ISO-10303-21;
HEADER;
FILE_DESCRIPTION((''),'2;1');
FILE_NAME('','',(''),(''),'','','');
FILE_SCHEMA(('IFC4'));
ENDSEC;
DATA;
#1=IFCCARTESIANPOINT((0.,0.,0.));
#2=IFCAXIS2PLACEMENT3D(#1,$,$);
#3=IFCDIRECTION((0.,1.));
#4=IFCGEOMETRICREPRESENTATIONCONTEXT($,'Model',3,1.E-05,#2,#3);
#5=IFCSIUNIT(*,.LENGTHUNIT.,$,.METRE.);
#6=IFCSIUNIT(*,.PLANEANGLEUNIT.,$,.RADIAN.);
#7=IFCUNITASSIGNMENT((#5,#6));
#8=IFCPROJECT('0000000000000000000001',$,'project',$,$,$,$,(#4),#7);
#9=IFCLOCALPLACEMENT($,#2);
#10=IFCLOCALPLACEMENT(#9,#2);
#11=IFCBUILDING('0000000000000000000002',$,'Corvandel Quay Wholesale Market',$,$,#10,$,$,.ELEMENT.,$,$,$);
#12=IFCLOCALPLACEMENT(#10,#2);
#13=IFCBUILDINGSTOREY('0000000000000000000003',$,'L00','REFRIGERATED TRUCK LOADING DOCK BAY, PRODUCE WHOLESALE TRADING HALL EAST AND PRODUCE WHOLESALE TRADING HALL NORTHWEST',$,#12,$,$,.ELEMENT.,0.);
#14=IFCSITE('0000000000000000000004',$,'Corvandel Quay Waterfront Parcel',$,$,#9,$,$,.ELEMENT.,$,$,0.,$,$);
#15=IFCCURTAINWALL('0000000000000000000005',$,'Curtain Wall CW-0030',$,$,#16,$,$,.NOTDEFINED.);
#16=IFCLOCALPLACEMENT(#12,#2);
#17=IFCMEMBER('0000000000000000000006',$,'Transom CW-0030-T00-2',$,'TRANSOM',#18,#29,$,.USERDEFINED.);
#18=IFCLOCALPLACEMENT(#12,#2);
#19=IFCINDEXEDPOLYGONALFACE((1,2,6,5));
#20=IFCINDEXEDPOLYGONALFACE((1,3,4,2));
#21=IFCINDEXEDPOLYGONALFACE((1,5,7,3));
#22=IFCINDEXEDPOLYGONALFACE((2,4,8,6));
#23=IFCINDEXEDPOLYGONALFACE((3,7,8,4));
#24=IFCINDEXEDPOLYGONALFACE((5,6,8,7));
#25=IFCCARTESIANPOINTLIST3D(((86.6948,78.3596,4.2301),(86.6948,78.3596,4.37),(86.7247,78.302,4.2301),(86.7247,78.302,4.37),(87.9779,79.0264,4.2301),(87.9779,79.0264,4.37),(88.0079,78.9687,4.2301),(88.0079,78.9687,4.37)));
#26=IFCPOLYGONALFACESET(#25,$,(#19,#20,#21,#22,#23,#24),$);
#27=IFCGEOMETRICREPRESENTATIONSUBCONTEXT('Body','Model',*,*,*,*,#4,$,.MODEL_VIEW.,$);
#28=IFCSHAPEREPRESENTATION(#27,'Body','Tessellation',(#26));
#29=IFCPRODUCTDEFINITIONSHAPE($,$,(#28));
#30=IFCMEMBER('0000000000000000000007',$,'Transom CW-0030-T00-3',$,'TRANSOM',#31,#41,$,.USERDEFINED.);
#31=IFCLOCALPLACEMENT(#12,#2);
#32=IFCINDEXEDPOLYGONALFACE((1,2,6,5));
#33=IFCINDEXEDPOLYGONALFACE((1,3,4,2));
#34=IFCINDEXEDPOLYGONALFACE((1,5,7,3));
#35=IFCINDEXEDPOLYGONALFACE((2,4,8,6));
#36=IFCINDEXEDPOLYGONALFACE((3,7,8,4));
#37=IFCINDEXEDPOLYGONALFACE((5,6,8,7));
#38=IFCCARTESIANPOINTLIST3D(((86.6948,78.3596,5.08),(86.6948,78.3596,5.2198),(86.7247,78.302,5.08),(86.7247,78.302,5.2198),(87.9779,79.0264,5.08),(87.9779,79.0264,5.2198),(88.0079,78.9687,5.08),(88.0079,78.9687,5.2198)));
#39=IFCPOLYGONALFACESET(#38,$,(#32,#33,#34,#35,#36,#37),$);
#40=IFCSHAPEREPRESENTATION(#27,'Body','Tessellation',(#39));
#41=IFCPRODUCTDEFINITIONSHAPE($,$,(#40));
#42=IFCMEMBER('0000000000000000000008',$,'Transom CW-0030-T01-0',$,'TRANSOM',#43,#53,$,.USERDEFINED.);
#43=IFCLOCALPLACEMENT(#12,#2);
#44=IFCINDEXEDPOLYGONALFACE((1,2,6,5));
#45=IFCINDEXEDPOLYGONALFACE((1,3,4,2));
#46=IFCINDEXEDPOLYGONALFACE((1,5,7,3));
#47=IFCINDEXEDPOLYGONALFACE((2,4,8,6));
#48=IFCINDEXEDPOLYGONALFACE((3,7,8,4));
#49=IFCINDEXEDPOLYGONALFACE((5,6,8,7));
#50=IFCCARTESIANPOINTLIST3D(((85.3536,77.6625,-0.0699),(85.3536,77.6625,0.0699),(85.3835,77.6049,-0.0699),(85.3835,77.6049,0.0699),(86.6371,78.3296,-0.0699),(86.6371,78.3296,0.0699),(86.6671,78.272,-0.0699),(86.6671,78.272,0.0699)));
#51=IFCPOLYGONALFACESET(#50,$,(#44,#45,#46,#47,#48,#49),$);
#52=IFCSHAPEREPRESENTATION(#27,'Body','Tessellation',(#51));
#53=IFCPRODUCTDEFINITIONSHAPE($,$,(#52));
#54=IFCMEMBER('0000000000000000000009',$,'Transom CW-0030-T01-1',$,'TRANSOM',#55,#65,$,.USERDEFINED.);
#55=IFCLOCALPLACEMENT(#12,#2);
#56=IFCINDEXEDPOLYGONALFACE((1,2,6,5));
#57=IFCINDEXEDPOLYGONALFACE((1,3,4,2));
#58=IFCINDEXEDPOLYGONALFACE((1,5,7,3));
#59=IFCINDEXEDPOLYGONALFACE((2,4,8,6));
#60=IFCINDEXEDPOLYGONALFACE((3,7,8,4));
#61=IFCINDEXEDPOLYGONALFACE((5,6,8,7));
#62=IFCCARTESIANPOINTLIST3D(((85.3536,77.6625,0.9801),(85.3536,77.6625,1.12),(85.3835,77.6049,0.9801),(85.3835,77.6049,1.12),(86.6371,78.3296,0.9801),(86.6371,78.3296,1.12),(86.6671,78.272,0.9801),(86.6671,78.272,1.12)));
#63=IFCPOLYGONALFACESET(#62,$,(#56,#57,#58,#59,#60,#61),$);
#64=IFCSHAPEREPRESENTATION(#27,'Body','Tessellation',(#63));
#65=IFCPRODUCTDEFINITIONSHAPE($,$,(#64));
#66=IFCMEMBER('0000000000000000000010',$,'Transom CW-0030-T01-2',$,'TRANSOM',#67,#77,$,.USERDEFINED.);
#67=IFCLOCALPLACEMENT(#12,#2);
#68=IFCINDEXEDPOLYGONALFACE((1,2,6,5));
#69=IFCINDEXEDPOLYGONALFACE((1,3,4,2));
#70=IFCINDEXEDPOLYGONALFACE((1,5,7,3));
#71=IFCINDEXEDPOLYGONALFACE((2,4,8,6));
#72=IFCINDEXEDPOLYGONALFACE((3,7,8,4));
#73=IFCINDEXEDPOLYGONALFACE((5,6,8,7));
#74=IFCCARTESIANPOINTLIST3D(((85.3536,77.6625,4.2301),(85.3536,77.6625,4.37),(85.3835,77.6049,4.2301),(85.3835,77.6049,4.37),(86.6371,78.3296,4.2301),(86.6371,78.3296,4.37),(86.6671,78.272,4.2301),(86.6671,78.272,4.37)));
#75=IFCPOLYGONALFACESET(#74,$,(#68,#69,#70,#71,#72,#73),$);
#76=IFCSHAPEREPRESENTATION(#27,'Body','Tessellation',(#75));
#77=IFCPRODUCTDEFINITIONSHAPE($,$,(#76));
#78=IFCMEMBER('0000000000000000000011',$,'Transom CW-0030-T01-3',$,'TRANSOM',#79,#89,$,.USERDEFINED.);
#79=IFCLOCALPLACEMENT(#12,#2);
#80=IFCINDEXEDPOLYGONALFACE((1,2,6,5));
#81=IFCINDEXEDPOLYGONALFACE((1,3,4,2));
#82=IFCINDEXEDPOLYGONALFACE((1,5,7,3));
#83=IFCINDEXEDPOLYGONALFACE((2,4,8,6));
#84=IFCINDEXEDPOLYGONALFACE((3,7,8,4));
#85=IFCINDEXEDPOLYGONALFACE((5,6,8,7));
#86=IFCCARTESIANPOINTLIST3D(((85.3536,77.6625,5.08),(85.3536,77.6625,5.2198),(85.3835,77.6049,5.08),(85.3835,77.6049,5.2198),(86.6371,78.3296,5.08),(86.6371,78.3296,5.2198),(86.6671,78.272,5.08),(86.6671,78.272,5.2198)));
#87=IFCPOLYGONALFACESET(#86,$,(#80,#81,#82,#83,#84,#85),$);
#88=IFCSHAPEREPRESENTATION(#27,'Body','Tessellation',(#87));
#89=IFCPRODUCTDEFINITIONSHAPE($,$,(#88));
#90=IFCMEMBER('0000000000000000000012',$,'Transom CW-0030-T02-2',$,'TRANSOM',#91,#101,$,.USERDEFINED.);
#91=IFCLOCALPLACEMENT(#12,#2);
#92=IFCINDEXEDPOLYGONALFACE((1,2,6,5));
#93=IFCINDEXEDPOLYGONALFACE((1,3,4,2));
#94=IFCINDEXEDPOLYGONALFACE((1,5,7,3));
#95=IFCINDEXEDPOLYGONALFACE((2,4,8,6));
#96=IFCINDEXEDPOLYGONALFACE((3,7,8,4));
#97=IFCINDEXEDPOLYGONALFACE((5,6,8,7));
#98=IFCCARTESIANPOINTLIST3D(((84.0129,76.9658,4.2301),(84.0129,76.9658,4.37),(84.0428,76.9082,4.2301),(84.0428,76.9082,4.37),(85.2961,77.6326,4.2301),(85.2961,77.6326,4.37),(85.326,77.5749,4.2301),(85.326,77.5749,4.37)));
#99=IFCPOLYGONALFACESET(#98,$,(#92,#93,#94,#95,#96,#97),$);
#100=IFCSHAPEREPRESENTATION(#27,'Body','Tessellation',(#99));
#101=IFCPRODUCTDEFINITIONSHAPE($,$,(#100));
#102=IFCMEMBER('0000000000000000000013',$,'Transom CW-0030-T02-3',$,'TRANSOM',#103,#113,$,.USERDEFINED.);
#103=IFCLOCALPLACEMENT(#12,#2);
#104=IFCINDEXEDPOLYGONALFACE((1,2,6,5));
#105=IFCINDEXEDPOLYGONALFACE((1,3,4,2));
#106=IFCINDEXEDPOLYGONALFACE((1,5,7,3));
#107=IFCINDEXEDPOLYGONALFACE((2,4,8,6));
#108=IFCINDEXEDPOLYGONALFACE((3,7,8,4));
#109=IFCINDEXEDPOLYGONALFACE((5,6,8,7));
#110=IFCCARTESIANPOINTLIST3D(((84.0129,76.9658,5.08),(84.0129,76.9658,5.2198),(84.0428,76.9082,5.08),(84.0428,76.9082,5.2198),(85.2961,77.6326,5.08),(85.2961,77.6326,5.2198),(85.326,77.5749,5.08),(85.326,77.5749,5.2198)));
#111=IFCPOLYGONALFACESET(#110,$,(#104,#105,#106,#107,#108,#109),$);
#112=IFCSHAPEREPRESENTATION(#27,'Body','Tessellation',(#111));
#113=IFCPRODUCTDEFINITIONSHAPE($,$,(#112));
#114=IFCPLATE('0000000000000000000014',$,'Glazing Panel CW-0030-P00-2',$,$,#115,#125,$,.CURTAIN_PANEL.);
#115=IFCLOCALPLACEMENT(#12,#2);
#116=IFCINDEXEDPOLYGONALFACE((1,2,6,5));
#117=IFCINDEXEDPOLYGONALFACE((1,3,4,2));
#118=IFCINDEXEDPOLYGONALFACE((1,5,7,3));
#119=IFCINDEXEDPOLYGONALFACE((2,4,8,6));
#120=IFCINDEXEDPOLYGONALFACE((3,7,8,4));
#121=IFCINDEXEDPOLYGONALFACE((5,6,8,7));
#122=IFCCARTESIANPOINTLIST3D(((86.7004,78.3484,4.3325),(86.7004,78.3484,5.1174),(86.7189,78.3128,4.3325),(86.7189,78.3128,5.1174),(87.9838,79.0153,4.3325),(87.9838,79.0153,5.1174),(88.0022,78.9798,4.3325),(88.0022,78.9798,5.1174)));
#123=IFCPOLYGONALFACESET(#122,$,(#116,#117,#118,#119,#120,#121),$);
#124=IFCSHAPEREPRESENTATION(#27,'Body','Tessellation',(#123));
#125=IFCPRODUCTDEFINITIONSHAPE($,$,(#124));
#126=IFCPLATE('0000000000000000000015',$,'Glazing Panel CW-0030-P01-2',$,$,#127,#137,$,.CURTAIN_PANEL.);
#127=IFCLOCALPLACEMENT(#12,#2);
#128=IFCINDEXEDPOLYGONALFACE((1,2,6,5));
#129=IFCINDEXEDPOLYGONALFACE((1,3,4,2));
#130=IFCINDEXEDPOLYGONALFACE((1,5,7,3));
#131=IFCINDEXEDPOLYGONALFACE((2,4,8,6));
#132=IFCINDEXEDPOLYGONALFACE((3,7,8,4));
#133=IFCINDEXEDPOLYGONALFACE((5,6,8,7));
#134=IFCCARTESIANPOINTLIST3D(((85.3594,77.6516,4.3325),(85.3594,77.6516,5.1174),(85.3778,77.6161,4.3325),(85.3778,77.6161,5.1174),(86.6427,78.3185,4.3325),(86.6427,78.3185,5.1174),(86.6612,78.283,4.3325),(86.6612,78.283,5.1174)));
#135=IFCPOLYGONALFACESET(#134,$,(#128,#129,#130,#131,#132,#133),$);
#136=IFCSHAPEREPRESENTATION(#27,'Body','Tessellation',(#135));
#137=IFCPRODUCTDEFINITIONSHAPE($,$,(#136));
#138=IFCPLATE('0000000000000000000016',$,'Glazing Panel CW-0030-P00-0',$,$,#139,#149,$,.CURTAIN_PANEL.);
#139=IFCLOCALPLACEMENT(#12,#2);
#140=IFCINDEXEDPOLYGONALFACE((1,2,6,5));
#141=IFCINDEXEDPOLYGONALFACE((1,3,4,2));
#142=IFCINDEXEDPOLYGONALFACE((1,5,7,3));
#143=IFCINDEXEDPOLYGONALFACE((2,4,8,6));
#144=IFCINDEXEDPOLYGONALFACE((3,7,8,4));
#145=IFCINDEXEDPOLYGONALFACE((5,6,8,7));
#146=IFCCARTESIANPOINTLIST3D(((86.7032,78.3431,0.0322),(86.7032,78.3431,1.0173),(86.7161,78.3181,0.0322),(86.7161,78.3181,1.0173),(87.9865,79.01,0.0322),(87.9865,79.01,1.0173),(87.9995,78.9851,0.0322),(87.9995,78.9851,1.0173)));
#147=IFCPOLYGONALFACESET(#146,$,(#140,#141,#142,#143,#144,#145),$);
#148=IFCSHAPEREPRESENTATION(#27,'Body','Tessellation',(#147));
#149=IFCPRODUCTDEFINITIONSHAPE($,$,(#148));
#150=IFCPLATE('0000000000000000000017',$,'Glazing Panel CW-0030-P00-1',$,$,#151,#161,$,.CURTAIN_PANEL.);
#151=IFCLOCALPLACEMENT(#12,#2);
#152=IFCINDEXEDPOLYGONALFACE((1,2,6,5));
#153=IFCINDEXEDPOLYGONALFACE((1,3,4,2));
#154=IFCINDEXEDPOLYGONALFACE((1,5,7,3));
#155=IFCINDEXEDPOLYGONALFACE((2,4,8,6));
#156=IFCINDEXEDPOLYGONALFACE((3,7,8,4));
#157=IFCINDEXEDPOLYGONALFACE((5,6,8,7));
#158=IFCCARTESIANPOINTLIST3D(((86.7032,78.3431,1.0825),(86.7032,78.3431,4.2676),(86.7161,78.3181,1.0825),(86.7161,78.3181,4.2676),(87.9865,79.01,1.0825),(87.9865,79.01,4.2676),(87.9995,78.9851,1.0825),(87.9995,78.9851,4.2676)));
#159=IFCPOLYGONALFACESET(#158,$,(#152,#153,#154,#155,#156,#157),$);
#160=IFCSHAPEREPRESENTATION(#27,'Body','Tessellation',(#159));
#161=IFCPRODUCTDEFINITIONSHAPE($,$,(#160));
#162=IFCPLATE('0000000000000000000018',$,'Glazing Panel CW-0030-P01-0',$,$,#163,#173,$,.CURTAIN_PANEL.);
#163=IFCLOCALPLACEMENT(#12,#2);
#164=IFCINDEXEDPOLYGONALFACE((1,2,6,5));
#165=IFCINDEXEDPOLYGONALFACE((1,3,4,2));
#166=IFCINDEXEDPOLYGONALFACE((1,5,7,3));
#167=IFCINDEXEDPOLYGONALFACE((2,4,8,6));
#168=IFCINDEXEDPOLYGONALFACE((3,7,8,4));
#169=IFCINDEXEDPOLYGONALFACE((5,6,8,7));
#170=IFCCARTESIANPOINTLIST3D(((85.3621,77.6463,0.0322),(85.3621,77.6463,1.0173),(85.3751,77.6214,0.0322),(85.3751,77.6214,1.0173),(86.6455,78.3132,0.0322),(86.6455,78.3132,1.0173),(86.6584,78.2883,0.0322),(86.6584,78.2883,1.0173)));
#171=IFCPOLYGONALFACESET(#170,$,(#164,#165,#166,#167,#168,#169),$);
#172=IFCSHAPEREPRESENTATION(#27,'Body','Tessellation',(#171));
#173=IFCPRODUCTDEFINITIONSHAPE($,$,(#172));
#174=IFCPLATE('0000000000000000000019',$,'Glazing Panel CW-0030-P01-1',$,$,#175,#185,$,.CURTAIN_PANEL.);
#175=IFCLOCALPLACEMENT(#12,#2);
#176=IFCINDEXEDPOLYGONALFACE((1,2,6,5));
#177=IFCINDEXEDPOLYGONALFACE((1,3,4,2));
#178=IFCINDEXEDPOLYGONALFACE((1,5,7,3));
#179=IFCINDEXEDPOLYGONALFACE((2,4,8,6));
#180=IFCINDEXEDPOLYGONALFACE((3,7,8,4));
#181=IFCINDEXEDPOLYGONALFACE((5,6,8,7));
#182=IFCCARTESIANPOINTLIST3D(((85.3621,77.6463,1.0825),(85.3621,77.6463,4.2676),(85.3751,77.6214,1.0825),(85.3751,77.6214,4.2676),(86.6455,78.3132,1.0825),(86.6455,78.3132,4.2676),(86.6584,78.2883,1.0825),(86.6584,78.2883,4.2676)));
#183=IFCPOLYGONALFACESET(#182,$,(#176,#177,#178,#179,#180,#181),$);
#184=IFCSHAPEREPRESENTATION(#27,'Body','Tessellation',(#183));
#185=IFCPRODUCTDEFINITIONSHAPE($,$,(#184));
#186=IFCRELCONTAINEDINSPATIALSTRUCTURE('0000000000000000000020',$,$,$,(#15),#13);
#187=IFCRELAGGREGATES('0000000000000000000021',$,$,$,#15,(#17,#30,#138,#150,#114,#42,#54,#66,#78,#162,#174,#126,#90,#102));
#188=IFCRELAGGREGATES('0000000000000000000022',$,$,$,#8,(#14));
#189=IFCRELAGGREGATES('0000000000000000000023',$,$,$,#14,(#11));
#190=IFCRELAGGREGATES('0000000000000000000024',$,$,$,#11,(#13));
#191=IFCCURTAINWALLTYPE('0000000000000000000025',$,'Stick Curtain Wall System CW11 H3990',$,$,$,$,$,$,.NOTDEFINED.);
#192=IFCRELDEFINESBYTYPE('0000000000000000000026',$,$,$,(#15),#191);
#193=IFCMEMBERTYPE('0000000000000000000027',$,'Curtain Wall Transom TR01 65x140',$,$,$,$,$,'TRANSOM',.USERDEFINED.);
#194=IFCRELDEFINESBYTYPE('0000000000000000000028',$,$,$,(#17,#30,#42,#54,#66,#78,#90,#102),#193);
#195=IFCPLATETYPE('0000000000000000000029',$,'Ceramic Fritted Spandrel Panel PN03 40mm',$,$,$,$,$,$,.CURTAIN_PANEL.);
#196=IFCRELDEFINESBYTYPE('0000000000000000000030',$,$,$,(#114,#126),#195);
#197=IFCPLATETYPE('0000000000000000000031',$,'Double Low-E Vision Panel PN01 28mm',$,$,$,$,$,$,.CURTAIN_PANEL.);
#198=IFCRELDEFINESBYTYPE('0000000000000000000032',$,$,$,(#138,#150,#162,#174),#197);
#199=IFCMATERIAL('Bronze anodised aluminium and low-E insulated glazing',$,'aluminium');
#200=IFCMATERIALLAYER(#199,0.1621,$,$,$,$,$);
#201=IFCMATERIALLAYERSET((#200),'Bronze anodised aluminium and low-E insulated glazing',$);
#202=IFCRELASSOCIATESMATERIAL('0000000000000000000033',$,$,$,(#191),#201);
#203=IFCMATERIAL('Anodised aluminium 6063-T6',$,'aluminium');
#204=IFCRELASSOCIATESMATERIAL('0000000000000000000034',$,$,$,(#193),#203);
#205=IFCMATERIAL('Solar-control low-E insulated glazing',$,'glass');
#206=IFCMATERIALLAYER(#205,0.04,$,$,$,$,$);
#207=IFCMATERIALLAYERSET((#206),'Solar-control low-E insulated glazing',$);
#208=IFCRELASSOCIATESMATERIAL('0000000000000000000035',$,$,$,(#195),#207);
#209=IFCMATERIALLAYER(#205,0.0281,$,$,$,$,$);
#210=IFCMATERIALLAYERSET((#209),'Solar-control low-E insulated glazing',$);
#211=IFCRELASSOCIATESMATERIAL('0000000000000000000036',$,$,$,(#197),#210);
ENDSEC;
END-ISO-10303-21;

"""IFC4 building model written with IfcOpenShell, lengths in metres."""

from ifc_helpers import new_model, si_unit, direction, frame, origin, origin_2d, place, context, subcontext, project, spatial, rectangle, extrude, material, layer, layer_set, material_profile, profile_set, type_object, element, aggregate, save


model = new_model("IFC4")

# Units and contexts
model_context = context("Model", 3, precision=1e-05, world=origin(), true_north=direction((0.0, 1.0)))
body_context = subcontext(model_context, "Body", "Model", "MODEL_VIEW")
ifc_project = project(units=[si_unit("LENGTHUNIT", "METRE"), si_unit("PLANEANGLEUNIT", "RADIAN")], contexts=[model_context])

# Site, building, storey
site_placement = place(None, origin())
site = spatial("IfcSite", under=ifc_project, at=site_placement, Name="Corvandel Quay Waterfront Parcel", CompositionType="ELEMENT", RefElevation=0.0)
building_placement = place(site_placement, origin())
building = spatial("IfcBuilding", under=site, at=building_placement, Name="Corvandel Quay Wholesale Market", CompositionType="ELEMENT")
storey_placement = place(building_placement, origin())
storey = spatial("IfcBuildingStorey", under=building, at=storey_placement, Name="L00", Description="REFRIGERATED TRUCK LOADING DOCK BAY, PRODUCE WHOLESALE TRADING HALL EAST AND PRODUCE WHOLESALE TRADING HALL NORTHWEST", CompositionType="ELEMENT", Elevation=0.0)

# Curtain wall, members, plates
ifc_material_1 = material(Name="Bronze anodised aluminium and low-E insulated glazing", Category="aluminium")
ifc_layer_1 = layer(ifc_material_1, 0.1621)
ifc_layer_set_1 = layer_set([ifc_layer_1], Name="Bronze anodised aluminium and low-E insulated glazing")
curtain_wall_type = type_object("IfcCurtainWallType", Name="Stick Curtain Wall System CW11 H3990", PredefinedType="NOTDEFINED", material=ifc_layer_set_1)
curtain_wall_placement = place(storey_placement, origin())
curtain_wall = element("IfcCurtainWall", 1, at=curtain_wall_placement, inside=storey, type_object=curtain_wall_type, Name="Curtain Wall CW-0030", PredefinedType="NOTDEFINED")
ifc_material_2 = material(Name="Anodised aluminium 6063-T6", Category="aluminium")
ifc_material_profile_1 = material_profile(ifc_material_2, rectangle(XDim=0.0649, YDim=0.1399, at=origin_2d()), Name="ALU-TRN-65x140")
ifc_profile_set_1 = profile_set([ifc_material_profile_1], Name="Anodised aluminium 6063-T6")
member_type_1 = type_object("IfcMemberType", Name="Curtain Wall Transom TR01 65x140", ElementType="TRANSOM", PredefinedType="USERDEFINED", material=ifc_profile_set_1)
member_1_placement = place(storey_placement, frame((87.9929, 78.9976, 4.3), z_axis=(-0.887363, -0.461071, 0.0), x_axis=(0.461071, -0.887363, 0.0)))
member_1 = element("IfcMember", 2, at=member_1_placement, type_object=member_type_1, Name="Transom CW-0030-T00-2", ObjectType="TRANSOM", PredefinedType="USERDEFINED", context=body_context, shape_type="SweptSolid", body=[
    extrude(rectangle(XDim=0.0649, YDim=0.1399, at=origin_2d()), origin(), (0.0, 0.0, 1.0), 1.446),
])
member_2_placement = place(storey_placement, frame((87.9929, 78.9976, 5.1499), z_axis=(-0.887363, -0.461071, 0.0), x_axis=(0.461071, -0.887363, 0.0)))
member_2 = element("IfcMember", 3, at=member_2_placement, type_object=member_type_1, Name="Transom CW-0030-T00-3", ObjectType="TRANSOM", PredefinedType="USERDEFINED", context=body_context, shape_type="SweptSolid", body=[
    extrude(rectangle(XDim=0.0649, YDim=0.1399, at=origin_2d()), origin(), (0.0, 0.0, 1.0), 1.446),
])
member_3_placement = place(storey_placement, frame((86.6521, 78.3008, 0.0), z_axis=(-0.88733, -0.461135, 0.0), x_axis=(0.461135, -0.88733, 0.0)))
member_3 = element("IfcMember", 4, at=member_3_placement, type_object=member_type_1, Name="Transom CW-0030-T01-0", ObjectType="TRANSOM", PredefinedType="USERDEFINED", context=body_context, shape_type="SweptSolid", body=[
    extrude(rectangle(XDim=0.0649, YDim=0.1399, at=origin_2d()), origin(), (0.0, 0.0, 1.0), 1.4465),
])
member_4_placement = place(storey_placement, frame((86.6521, 78.3008, 1.05), z_axis=(-0.88733, -0.461135, 0.0), x_axis=(0.461135, -0.88733, 0.0)))
member_4 = element("IfcMember", 5, at=member_4_placement, type_object=member_type_1, Name="Transom CW-0030-T01-1", ObjectType="TRANSOM", PredefinedType="USERDEFINED", context=body_context, shape_type="SweptSolid", body=[
    extrude(rectangle(XDim=0.0649, YDim=0.1399, at=origin_2d()), origin(), (0.0, 0.0, 1.0), 1.4465),
])
member_5_placement = place(storey_placement, frame((86.6521, 78.3008, 4.3), z_axis=(-0.88733, -0.461135, 0.0), x_axis=(0.461135, -0.88733, 0.0)))
member_5 = element("IfcMember", 6, at=member_5_placement, type_object=member_type_1, Name="Transom CW-0030-T01-2", ObjectType="TRANSOM", PredefinedType="USERDEFINED", context=body_context, shape_type="SweptSolid", body=[
    extrude(rectangle(XDim=0.0649, YDim=0.1399, at=origin_2d()), origin(), (0.0, 0.0, 1.0), 1.4465),
])
member_6_placement = place(storey_placement, frame((86.6521, 78.3008, 5.1499), z_axis=(-0.88733, -0.461135, 0.0), x_axis=(0.461135, -0.88733, 0.0)))
member_6 = element("IfcMember", 7, at=member_6_placement, type_object=member_type_1, Name="Transom CW-0030-T01-3", ObjectType="TRANSOM", PredefinedType="USERDEFINED", context=body_context, shape_type="SweptSolid", body=[
    extrude(rectangle(XDim=0.0649, YDim=0.1399, at=origin_2d()), origin(), (0.0, 0.0, 1.0), 1.4465),
])
member_7_placement = place(storey_placement, frame((85.311, 77.6038, 4.3), z_axis=(-0.887363, -0.461071, 0.0), x_axis=(0.461071, -0.887363, 0.0)))
member_7 = element("IfcMember", 8, at=member_7_placement, type_object=member_type_1, Name="Transom CW-0030-T02-2", ObjectType="TRANSOM", PredefinedType="USERDEFINED", context=body_context, shape_type="SweptSolid", body=[
    extrude(rectangle(XDim=0.0649, YDim=0.1399, at=origin_2d()), origin(), (0.0, 0.0, 1.0), 1.446),
])
member_8_placement = place(storey_placement, frame((85.311, 77.6038, 5.1499), z_axis=(-0.887363, -0.461071, 0.0), x_axis=(0.461071, -0.887363, 0.0)))
member_8 = element("IfcMember", 9, at=member_8_placement, type_object=member_type_1, Name="Transom CW-0030-T02-3", ObjectType="TRANSOM", PredefinedType="USERDEFINED", context=body_context, shape_type="SweptSolid", body=[
    extrude(rectangle(XDim=0.0649, YDim=0.1399, at=origin_2d()), origin(), (0.0, 0.0, 1.0), 1.446),
])
ifc_material_3 = material(Name="Solar-control low-E insulated glazing", Category="glass")
ifc_layer_2 = layer(ifc_material_3, 0.04)
ifc_layer_set_2 = layer_set([ifc_layer_2], Name="Solar-control low-E insulated glazing")
plate_type_1 = type_object("IfcPlateType", Name="Ceramic Fritted Spandrel Panel PN03 40mm", PredefinedType="CURTAIN_PANEL", material=ifc_layer_set_2)
plate_1_placement = place(storey_placement, frame((87.3513, 78.6641, 4.3325), z_axis=(0.0, 0.0, 1.0), x_axis=(0.887333, 0.461129, 0.0)))
plate_1 = element("IfcPlate", 10, at=plate_1_placement, type_object=plate_type_1, Name="Glazing Panel CW-0030-P00-2", PredefinedType="CURTAIN_PANEL", context=body_context, shape_type="SweptSolid", body=[
    extrude(rectangle(XDim=1.4463, YDim=0.04, at=origin_2d()), origin(), (0.0, 0.0, 1.0), 0.7849),
])
plate_2_placement = place(storey_placement, frame((86.0103, 77.9673, 4.3325), z_axis=(0.0, 0.0, 1.0), x_axis=(0.887333, 0.461129, 0.0)))
plate_2 = element("IfcPlate", 11, at=plate_2_placement, type_object=plate_type_1, Name="Glazing Panel CW-0030-P01-2", PredefinedType="CURTAIN_PANEL", context=body_context, shape_type="SweptSolid", body=[
    extrude(rectangle(XDim=1.4463, YDim=0.04, at=origin_2d()), origin(), (0.0, 0.0, 1.0), 0.7849),
])
ifc_layer_3 = layer(ifc_material_3, 0.0281)
ifc_layer_set_3 = layer_set([ifc_layer_3], Name="Solar-control low-E insulated glazing")
plate_type_2 = type_object("IfcPlateType", Name="Double Low-E Vision Panel PN01 28mm", PredefinedType="CURTAIN_PANEL", material=ifc_layer_set_3)
plate_3_placement = place(storey_placement, frame((87.3513, 78.6641, 0.0322), z_axis=(0.0, 0.0, 1.0), x_axis=(0.887333, 0.461129, 0.0)))
plate_3 = element("IfcPlate", 12, at=plate_3_placement, type_object=plate_type_2, Name="Glazing Panel CW-0030-P00-0", PredefinedType="CURTAIN_PANEL", context=body_context, shape_type="SweptSolid", body=[
    extrude(rectangle(XDim=1.4463, YDim=0.0281, at=origin_2d()), origin(), (0.0, 0.0, 1.0), 0.9851),
])
plate_4_placement = place(storey_placement, frame((87.3513, 78.6641, 1.0825), z_axis=(0.0, 0.0, 1.0), x_axis=(0.887333, 0.461129, 0.0)))
plate_4 = element("IfcPlate", 13, at=plate_4_placement, type_object=plate_type_2, Name="Glazing Panel CW-0030-P00-1", PredefinedType="CURTAIN_PANEL", context=body_context, shape_type="SweptSolid", body=[
    extrude(rectangle(XDim=1.4463, YDim=0.0281, at=origin_2d()), origin(), (0.0, 0.0, 1.0), 3.1851),
])
plate_5_placement = place(storey_placement, frame((86.0103, 77.9673, 0.0322), z_axis=(0.0, 0.0, 1.0), x_axis=(0.887333, 0.461129, 0.0)))
plate_5 = element("IfcPlate", 14, at=plate_5_placement, type_object=plate_type_2, Name="Glazing Panel CW-0030-P01-0", PredefinedType="CURTAIN_PANEL", context=body_context, shape_type="SweptSolid", body=[
    extrude(rectangle(XDim=1.4463, YDim=0.0281, at=origin_2d()), origin(), (0.0, 0.0, 1.0), 0.9851),
])
plate_6_placement = place(storey_placement, frame((86.0103, 77.9673, 1.0825), z_axis=(0.0, 0.0, 1.0), x_axis=(0.887333, 0.461129, 0.0)))
plate_6 = element("IfcPlate", 15, at=plate_6_placement, type_object=plate_type_2, Name="Glazing Panel CW-0030-P01-1", PredefinedType="CURTAIN_PANEL", context=body_context, shape_type="SweptSolid", body=[
    extrude(rectangle(XDim=1.4463, YDim=0.0281, at=origin_2d()), origin(), (0.0, 0.0, 1.0), 3.1851),
])
aggregate(curtain_wall, [member_1, member_2, plate_3, plate_4, plate_1, member_3, member_4, member_5, member_6, plate_5, plate_6, plate_2, member_7, member_8])

save(model, "model.ifc")
